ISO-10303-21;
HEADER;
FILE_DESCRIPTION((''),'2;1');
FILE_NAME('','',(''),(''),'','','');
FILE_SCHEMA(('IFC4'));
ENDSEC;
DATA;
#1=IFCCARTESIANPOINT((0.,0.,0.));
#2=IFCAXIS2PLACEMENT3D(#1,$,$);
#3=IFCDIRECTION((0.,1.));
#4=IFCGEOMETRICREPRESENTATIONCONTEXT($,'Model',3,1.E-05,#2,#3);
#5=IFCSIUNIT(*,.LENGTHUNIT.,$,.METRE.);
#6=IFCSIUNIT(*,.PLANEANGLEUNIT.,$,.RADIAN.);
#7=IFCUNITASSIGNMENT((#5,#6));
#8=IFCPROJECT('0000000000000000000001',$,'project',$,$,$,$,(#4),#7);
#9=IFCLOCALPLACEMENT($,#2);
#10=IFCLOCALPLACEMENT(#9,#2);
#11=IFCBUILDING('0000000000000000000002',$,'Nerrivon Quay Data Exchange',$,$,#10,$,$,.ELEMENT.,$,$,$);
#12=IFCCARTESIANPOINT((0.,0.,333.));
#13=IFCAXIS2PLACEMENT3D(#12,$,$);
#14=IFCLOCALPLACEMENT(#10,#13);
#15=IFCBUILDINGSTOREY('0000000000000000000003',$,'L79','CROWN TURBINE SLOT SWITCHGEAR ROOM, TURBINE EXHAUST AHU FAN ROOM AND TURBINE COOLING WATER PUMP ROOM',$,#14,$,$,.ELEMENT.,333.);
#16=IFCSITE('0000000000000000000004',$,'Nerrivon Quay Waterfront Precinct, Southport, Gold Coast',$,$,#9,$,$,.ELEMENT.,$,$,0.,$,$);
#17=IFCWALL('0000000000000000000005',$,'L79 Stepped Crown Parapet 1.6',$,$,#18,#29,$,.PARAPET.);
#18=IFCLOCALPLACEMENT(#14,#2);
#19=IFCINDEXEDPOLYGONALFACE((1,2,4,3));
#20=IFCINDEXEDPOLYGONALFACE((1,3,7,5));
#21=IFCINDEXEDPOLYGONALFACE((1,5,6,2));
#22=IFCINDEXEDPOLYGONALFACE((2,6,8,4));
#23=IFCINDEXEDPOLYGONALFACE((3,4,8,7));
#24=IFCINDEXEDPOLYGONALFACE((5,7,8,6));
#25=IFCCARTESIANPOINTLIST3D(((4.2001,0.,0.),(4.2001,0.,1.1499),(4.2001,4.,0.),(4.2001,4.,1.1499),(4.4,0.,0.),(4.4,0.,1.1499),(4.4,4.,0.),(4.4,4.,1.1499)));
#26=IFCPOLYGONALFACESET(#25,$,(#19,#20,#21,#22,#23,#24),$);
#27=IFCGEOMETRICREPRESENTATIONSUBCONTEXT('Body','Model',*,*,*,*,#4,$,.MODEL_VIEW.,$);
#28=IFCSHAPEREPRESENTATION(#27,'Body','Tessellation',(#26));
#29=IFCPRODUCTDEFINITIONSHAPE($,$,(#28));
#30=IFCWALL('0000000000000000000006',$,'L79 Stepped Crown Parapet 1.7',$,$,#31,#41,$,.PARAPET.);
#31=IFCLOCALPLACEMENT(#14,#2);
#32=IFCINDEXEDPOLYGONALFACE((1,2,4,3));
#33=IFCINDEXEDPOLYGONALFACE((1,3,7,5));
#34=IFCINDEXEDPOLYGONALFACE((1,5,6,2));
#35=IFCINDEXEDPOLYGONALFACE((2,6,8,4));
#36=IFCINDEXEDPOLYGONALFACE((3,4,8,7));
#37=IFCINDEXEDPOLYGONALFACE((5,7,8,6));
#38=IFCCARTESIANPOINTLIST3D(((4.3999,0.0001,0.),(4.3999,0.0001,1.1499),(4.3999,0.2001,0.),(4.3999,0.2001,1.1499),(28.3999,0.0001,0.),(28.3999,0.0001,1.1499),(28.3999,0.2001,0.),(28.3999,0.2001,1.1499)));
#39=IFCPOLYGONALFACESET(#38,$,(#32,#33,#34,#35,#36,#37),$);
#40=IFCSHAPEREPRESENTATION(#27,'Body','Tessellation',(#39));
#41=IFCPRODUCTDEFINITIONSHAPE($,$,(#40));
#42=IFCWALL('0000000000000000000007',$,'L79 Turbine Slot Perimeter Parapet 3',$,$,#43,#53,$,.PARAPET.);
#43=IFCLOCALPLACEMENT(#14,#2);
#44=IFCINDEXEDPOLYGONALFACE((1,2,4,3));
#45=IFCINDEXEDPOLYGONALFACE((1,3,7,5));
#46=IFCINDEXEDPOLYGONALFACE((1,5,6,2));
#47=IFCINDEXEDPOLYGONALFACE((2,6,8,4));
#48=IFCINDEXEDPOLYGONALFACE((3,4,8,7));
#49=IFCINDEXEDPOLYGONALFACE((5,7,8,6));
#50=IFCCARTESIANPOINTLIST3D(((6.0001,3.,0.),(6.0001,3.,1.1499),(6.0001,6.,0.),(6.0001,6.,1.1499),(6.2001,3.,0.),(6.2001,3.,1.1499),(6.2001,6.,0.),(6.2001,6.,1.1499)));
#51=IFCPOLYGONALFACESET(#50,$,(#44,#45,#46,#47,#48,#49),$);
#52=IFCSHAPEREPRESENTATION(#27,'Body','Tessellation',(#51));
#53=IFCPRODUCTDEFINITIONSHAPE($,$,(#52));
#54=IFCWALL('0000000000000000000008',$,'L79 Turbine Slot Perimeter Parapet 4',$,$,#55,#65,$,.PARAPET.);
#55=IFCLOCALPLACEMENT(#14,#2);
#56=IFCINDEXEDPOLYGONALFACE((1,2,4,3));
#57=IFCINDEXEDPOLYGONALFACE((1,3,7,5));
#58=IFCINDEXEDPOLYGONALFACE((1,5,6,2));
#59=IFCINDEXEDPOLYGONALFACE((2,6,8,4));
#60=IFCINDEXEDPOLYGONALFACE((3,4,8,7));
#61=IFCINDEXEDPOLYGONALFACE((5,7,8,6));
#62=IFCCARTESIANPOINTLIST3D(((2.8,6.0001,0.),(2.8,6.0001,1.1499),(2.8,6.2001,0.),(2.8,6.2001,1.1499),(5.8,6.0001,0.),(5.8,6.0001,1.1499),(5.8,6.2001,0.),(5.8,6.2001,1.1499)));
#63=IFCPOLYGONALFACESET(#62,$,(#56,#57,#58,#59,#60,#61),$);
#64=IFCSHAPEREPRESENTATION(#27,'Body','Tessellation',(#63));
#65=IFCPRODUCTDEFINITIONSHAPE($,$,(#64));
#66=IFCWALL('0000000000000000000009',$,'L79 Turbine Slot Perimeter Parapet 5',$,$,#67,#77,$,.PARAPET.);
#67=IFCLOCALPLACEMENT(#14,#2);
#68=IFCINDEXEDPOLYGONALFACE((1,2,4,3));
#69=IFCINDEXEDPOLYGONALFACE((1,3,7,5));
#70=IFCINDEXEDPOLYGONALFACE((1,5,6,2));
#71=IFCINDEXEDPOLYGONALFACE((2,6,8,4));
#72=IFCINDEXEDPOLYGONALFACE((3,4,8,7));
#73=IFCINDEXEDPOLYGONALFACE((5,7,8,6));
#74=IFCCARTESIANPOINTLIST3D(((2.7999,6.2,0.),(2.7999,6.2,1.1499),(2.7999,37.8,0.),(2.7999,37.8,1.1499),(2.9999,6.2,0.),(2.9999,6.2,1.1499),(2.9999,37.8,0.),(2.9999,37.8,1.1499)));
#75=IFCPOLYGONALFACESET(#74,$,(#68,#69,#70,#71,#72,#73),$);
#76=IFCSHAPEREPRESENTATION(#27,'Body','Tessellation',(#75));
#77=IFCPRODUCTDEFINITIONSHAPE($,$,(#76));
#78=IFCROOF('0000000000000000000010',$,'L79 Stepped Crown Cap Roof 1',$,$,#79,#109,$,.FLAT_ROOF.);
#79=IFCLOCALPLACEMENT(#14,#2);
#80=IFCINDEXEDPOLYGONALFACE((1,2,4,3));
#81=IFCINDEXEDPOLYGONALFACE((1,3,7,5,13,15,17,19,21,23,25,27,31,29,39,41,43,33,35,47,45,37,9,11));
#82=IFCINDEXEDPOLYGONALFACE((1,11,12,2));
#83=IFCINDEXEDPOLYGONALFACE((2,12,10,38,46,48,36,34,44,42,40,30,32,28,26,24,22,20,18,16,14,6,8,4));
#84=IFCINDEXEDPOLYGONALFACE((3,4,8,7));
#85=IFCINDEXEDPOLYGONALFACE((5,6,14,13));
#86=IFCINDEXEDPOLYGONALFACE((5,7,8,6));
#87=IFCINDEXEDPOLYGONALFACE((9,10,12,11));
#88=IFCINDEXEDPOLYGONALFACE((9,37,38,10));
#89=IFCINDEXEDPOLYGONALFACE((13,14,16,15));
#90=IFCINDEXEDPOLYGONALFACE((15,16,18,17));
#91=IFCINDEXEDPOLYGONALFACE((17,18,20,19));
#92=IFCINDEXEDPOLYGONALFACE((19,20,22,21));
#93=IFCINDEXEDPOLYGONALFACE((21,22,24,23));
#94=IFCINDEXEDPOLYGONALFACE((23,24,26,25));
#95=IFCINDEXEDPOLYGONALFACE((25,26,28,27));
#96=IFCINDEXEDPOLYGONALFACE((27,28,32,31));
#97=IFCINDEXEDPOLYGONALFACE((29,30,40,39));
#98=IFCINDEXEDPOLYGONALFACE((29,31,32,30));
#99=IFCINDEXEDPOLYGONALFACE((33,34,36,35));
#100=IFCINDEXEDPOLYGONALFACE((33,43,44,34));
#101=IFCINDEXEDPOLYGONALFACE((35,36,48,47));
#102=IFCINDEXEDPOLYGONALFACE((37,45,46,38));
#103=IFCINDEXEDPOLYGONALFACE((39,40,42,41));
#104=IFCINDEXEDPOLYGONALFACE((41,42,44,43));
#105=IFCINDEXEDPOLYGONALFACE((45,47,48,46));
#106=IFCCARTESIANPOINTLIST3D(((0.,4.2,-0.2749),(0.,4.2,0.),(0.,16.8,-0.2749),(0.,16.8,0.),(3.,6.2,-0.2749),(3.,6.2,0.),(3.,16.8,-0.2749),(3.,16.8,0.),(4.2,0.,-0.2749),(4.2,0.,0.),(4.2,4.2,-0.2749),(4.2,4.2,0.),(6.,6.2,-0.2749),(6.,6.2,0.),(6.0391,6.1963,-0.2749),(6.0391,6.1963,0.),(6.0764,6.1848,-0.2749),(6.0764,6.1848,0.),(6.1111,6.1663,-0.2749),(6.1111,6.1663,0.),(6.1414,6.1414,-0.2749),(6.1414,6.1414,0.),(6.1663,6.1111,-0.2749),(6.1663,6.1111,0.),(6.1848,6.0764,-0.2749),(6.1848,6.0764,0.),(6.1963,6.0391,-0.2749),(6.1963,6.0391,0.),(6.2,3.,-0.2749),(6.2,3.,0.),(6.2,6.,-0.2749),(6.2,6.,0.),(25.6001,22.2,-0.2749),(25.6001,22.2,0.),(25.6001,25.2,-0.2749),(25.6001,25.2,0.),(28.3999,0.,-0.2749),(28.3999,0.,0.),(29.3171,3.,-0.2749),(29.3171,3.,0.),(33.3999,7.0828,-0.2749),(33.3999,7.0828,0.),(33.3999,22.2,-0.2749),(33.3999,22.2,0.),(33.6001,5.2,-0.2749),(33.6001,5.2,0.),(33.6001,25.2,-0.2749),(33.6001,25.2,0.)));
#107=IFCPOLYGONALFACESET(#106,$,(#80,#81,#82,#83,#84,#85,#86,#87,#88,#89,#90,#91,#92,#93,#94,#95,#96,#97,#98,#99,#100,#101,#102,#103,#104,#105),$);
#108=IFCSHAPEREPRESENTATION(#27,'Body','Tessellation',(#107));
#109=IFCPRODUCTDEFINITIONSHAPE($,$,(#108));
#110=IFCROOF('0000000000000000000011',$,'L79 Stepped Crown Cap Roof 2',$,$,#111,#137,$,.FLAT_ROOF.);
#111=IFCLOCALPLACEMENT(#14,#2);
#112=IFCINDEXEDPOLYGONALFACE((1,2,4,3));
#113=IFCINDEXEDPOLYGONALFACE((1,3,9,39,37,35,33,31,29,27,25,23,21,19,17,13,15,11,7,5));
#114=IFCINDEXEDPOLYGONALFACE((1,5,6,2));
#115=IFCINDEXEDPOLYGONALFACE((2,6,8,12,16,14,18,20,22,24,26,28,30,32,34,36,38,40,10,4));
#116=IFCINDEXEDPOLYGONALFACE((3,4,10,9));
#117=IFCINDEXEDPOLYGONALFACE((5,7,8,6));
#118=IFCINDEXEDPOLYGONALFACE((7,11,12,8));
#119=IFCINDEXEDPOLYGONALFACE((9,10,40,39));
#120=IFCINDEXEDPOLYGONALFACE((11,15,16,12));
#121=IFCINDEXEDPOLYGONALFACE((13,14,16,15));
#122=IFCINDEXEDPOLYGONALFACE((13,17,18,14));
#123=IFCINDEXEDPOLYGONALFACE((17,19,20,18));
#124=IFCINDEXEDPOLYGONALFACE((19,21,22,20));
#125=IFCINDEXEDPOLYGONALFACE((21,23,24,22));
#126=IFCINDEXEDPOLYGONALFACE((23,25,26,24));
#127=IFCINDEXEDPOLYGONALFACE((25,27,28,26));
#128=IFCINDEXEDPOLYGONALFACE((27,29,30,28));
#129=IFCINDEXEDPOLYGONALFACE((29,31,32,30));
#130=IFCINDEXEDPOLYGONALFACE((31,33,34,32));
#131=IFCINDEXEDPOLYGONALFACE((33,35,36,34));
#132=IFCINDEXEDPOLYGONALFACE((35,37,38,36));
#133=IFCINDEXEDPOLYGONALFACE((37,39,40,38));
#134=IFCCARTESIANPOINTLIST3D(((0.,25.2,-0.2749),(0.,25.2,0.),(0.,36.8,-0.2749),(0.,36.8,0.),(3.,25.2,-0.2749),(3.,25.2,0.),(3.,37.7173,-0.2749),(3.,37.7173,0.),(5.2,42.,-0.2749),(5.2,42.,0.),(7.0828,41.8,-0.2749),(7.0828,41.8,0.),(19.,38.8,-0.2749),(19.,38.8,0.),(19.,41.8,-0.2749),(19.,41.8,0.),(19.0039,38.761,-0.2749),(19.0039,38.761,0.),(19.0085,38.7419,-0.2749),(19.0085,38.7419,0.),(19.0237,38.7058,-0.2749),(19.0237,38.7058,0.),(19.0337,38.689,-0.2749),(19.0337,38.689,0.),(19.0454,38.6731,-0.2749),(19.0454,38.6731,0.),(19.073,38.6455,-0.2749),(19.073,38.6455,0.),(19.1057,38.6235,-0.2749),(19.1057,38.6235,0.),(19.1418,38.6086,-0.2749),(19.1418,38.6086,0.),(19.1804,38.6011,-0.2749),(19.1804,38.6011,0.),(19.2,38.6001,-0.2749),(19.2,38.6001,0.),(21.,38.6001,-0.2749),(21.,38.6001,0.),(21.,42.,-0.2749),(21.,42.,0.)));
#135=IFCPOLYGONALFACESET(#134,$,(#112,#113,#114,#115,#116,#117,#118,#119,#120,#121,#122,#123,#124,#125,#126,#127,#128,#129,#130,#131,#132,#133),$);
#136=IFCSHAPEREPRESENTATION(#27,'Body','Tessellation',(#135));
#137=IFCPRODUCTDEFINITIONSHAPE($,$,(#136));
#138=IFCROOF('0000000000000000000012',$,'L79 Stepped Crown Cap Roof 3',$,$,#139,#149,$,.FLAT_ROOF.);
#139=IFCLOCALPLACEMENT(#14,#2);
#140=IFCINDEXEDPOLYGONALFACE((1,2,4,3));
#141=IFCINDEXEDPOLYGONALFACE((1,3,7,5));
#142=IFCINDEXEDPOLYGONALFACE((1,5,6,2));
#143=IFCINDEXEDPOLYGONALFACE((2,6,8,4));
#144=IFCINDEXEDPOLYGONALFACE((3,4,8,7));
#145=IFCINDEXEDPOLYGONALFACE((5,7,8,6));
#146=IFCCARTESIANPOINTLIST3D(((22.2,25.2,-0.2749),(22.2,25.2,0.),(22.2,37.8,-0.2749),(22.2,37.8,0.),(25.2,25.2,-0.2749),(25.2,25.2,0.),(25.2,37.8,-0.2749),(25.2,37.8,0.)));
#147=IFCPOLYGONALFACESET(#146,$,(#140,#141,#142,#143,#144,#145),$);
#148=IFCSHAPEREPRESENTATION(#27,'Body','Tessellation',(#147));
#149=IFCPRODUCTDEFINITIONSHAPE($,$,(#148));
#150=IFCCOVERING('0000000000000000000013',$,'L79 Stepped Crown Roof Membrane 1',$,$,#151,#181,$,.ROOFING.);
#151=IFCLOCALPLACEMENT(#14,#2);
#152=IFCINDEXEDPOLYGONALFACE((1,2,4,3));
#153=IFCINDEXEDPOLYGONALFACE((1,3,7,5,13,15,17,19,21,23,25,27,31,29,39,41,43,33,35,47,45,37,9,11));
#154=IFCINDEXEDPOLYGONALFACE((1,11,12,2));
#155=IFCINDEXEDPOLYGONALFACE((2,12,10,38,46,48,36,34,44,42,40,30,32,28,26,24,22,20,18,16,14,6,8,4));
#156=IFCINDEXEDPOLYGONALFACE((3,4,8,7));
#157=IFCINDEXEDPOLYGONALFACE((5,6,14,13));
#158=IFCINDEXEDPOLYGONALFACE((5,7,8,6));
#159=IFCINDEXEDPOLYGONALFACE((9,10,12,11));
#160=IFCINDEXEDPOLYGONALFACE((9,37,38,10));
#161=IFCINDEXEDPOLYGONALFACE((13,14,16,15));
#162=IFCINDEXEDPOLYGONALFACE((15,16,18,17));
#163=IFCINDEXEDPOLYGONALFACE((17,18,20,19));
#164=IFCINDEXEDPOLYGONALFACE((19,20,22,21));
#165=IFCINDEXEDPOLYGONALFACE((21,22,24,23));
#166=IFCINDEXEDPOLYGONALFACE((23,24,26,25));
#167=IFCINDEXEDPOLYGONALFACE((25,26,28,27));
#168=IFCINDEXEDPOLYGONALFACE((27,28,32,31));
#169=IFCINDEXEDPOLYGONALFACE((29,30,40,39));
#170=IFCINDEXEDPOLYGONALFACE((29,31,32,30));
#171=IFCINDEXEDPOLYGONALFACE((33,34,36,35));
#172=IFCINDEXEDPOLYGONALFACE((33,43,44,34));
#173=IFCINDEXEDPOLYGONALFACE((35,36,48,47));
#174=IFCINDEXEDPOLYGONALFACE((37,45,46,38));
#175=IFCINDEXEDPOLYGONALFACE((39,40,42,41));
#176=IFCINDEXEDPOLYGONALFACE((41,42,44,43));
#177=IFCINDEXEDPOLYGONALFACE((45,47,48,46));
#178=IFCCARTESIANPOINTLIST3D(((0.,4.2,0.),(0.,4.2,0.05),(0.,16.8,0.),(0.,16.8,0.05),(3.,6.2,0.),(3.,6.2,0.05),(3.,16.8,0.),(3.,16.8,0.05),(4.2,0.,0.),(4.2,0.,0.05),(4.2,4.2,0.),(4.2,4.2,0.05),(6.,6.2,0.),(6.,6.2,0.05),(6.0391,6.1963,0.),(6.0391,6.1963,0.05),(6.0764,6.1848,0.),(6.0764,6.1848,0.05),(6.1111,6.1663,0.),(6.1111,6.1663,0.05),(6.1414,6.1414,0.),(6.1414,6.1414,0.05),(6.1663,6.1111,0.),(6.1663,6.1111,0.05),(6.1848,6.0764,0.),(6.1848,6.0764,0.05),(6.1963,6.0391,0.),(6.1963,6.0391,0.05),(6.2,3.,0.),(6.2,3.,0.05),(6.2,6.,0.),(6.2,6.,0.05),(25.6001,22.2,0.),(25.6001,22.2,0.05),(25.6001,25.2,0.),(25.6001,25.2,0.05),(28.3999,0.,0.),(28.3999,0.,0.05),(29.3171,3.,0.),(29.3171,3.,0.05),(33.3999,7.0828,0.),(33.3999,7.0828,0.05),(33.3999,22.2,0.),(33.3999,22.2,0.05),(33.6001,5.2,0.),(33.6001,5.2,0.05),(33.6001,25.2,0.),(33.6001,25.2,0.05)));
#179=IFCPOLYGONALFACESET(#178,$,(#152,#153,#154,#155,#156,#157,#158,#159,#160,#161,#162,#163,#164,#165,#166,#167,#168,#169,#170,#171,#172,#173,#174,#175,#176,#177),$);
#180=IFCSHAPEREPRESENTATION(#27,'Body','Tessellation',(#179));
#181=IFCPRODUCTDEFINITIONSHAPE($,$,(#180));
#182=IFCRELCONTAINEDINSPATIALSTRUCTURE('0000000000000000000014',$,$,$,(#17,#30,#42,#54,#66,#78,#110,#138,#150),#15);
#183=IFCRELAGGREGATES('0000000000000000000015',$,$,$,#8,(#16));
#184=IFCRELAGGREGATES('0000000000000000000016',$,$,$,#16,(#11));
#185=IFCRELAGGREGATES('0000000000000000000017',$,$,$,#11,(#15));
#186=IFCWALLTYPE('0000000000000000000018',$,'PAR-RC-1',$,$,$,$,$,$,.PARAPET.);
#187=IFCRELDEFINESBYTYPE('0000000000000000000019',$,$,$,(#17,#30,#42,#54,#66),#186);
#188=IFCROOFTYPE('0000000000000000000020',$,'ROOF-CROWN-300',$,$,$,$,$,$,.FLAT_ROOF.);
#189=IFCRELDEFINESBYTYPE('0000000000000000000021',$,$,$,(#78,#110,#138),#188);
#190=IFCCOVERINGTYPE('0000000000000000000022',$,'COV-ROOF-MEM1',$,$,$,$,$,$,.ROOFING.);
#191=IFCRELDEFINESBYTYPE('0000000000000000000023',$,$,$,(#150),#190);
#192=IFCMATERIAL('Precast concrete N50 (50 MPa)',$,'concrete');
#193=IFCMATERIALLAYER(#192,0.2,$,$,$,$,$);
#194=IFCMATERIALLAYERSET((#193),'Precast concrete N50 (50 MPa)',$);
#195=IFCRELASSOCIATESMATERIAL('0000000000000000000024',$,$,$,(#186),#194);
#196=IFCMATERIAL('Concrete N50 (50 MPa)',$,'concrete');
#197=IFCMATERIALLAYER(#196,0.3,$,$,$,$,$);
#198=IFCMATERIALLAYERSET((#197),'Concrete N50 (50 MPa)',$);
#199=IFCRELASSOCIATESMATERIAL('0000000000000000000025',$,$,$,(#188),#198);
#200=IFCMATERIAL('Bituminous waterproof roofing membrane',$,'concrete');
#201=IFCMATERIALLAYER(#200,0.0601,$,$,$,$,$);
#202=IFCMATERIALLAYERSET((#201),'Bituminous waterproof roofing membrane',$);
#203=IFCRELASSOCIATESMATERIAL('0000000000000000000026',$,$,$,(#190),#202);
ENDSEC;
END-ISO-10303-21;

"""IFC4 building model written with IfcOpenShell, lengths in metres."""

from ifc_helpers import new_model, si_unit, direction, frame, frame_2d, origin, place, context, subcontext, project, spatial, polyline, rectangle, outline, extrude, material, layer, layer_set, type_object, element, save


model = new_model("IFC4")

# Units and contexts
model_context = context("Model", 3, precision=1e-05, world=origin(), true_north=direction((0.0, 1.0)))
body_context = subcontext(model_context, "Body", "Model", "MODEL_VIEW")
ifc_project = project(units=[si_unit("LENGTHUNIT", "METRE"), si_unit("PLANEANGLEUNIT", "RADIAN")], contexts=[model_context])

# Site, building, storey
site_placement = place(None, origin())
site = spatial("IfcSite", under=ifc_project, at=site_placement, Name="Nerrivon Quay Waterfront Precinct, Southport, Gold Coast", CompositionType="ELEMENT", RefElevation=0.0)
building_placement = place(site_placement, origin())
building = spatial("IfcBuilding", under=site, at=building_placement, Name="Nerrivon Quay Data Exchange", CompositionType="ELEMENT")
storey_placement = place(building_placement, frame((0.0, 0.0, 333.0)))
storey = spatial("IfcBuildingStorey", under=building, at=storey_placement, Name="L79", Description="CROWN TURBINE SLOT SWITCHGEAR ROOM, TURBINE EXHAUST AHU FAN ROOM AND TURBINE COOLING WATER PUMP ROOM", CompositionType="ELEMENT", Elevation=333.0)

# Shared definitions
ifc_material_1 = material(Name="Concrete N50 (50 MPa)", Category="concrete")

# Walls
ifc_material_2 = material(Name="Precast concrete N50 (50 MPa)", Category="concrete")
ifc_layer_1 = layer(ifc_material_2, 0.2)
ifc_layer_set_1 = layer_set([ifc_layer_1], Name="Precast concrete N50 (50 MPa)")
wall_type_1 = type_object("IfcWallType", Name="PAR-RC-1", PredefinedType="PARAPET", material=ifc_layer_set_1)
for number, where, z_axis, x_axis, name in (
    (1, (4.3, 4.0, 0.0), (0.0, 0.0, 1.0), (0.0, -1.0, 0.0), "L79 Stepped Crown Parapet 1.6"),
):
    element("IfcWall", number, at=place(storey_placement, frame(where, z_axis=z_axis, x_axis=x_axis)), inside=storey, type_object=wall_type_1, Name=name, PredefinedType="PARAPET", context=body_context, shape_type="SweptSolid", body=[
        extrude(rectangle(XDim=4.0, YDim=0.2, at=frame_2d((2.0, 0.0))), origin(), (0.0, 0.0, 1.0), 1.1499),
    ])
wall_1_placement = place(storey_placement, frame((4.3999, 0.1001, 0.0), z_axis=(0.0, 0.0, 1.0), x_axis=(1.0, 0.0, 0.0)))
element("IfcWall", 2, at=wall_1_placement, inside=storey, type_object=wall_type_1, Name="L79 Stepped Crown Parapet 1.7", PredefinedType="PARAPET", context=body_context, shape_type="SweptSolid", body=[
    extrude(rectangle(XDim=24.0, YDim=0.2, at=frame_2d((12.0, 0.0))), origin(), (0.0, 0.0, 1.0), 1.1499),
])
for number, where, z_axis, x_axis, name in (
    (3, (6.1001, 3.0, 0.0), (0.0, 0.0, 1.0), (0.0, 1.0, 0.0), "L79 Turbine Slot Perimeter Parapet 3"),
    (4, (5.8, 6.1001, 0.0), (0.0, 0.0, 1.0), (-1.0, 0.0, 0.0), "L79 Turbine Slot Perimeter Parapet 4"),
):
    element("IfcWall", number, at=place(storey_placement, frame(where, z_axis=z_axis, x_axis=x_axis)), inside=storey, type_object=wall_type_1, Name=name, PredefinedType="PARAPET", context=body_context, shape_type="SweptSolid", body=[
        extrude(rectangle(XDim=3.0, YDim=0.2, at=frame_2d((1.5, 0.0))), origin(), (0.0, 0.0, 1.0), 1.1499),
    ])
wall_2_placement = place(storey_placement, frame((2.8999, 6.2, 0.0), z_axis=(0.0, 0.0, 1.0), x_axis=(0.0, 1.0, 0.0)))
element("IfcWall", 5, at=wall_2_placement, inside=storey, type_object=wall_type_1, Name="L79 Turbine Slot Perimeter Parapet 5", PredefinedType="PARAPET", context=body_context, shape_type="SweptSolid", body=[
    extrude(rectangle(XDim=31.6001, YDim=0.2, at=frame_2d((15.8, 0.0))), origin(), (0.0, 0.0, 1.0), 1.1499),
])

# Roofs
ifc_layer_2 = layer(ifc_material_1, 0.3)
ifc_layer_set_2 = layer_set([ifc_layer_2], Name="Concrete N50 (50 MPa)")
roof_type = type_object("IfcRoofType", Name="ROOF-CROWN-300", PredefinedType="FLAT_ROOF", material=ifc_layer_set_2)
roof_1_placement = place(storey_placement, frame((0.0, 0.0, -0.2749)))
element("IfcRoof", 6, at=roof_1_placement, inside=storey, type_object=roof_type, Name="L79 Stepped Crown Cap Roof 1", PredefinedType="FLAT_ROOF", context=body_context, shape_type="SweptSolid", body=[
    extrude(outline(polyline([(33.6001, 25.2), (25.6001, 25.2), (25.6001, 22.2), (33.3999, 22.2), (33.3999, 7.0828), (29.3171, 3.0), (6.2, 3.0), (6.2, 6.0), (6.1963, 6.0391), (6.1848, 6.0764), (6.1663, 6.1111), (6.1414, 6.1414), (6.1111, 6.1663), (6.0764, 6.1848), (6.0391, 6.1963), (6.0, 6.2), (3.0, 6.2), (3.0, 16.8), (0.0, 16.8), (0.0, 4.2), (4.2, 4.2), (4.2, 0.0), (28.3999, 0.0), (33.6001, 5.2), (33.6001, 25.2)])), origin(), (0.0, 0.0, 1.0), 0.2749),
])
roof_2_placement = place(storey_placement, frame((0.0, 0.0, -0.2749)))
element("IfcRoof", 7, at=roof_2_placement, inside=storey, type_object=roof_type, Name="L79 Stepped Crown Cap Roof 2", PredefinedType="FLAT_ROOF", context=body_context, shape_type="SweptSolid", body=[
    extrude(outline(polyline([(0.0, 36.8), (0.0, 25.2), (3.0, 25.2), (3.0, 37.7173), (7.0828, 41.8), (19.0, 41.8), (19.0, 38.8), (19.0039, 38.761), (19.0085, 38.7419), (19.0237, 38.7058), (19.0337, 38.689), (19.0454, 38.6731), (19.073, 38.6455), (19.1057, 38.6235), (19.1418, 38.6086), (19.1804, 38.6011), (19.2, 38.6001), (21.0, 38.6001), (21.0, 42.0), (5.2, 42.0), (0.0, 36.8)])), origin(), (0.0, 0.0, 1.0), 0.2749),
])
roof_3_placement = place(storey_placement, frame((0.0, 0.0, -0.2749)))
element("IfcRoof", 8, at=roof_3_placement, inside=storey, type_object=roof_type, Name="L79 Stepped Crown Cap Roof 3", PredefinedType="FLAT_ROOF", context=body_context, shape_type="SweptSolid", body=[
    extrude(outline(polyline([(22.2, 37.8), (22.2, 25.2), (25.2, 25.2), (25.2, 37.8), (22.2, 37.8)])), origin(), (0.0, 0.0, 1.0), 0.2749),
])

# Covering
ifc_material_3 = material(Name="Bituminous waterproof roofing membrane", Category="concrete")
ifc_layer_3 = layer(ifc_material_3, 0.0601)
ifc_layer_set_3 = layer_set([ifc_layer_3], Name="Bituminous waterproof roofing membrane")
covering_type_1 = type_object("IfcCoveringType", Name="COV-ROOF-MEM1", PredefinedType="ROOFING", material=ifc_layer_set_3)
covering_1_placement = place(storey_placement, origin())
element("IfcCovering", 9, at=covering_1_placement, inside=storey, type_object=covering_type_1, Name="L79 Stepped Crown Roof Membrane 1", PredefinedType="ROOFING", context=body_context, shape_type="SweptSolid", body=[
    extrude(outline(polyline([(33.6001, 25.2), (25.6001, 25.2), (25.6001, 22.2), (33.3999, 22.2), (33.3999, 7.0828), (29.3171, 3.0), (6.2, 3.0), (6.2, 6.0), (6.1963, 6.0391), (6.1848, 6.0764), (6.1663, 6.1111), (6.1414, 6.1414), (6.1111, 6.1663), (6.0764, 6.1848), (6.0391, 6.1963), (6.0, 6.2), (3.0, 6.2), (3.0, 16.8), (0.0, 16.8), (0.0, 4.2), (4.2, 4.2), (4.2, 0.0), (28.3999, 0.0), (33.6001, 5.2), (33.6001, 25.2)])), origin(), (0.0, 0.0, 1.0), 0.05),
])

save(model, "model.ifc")
